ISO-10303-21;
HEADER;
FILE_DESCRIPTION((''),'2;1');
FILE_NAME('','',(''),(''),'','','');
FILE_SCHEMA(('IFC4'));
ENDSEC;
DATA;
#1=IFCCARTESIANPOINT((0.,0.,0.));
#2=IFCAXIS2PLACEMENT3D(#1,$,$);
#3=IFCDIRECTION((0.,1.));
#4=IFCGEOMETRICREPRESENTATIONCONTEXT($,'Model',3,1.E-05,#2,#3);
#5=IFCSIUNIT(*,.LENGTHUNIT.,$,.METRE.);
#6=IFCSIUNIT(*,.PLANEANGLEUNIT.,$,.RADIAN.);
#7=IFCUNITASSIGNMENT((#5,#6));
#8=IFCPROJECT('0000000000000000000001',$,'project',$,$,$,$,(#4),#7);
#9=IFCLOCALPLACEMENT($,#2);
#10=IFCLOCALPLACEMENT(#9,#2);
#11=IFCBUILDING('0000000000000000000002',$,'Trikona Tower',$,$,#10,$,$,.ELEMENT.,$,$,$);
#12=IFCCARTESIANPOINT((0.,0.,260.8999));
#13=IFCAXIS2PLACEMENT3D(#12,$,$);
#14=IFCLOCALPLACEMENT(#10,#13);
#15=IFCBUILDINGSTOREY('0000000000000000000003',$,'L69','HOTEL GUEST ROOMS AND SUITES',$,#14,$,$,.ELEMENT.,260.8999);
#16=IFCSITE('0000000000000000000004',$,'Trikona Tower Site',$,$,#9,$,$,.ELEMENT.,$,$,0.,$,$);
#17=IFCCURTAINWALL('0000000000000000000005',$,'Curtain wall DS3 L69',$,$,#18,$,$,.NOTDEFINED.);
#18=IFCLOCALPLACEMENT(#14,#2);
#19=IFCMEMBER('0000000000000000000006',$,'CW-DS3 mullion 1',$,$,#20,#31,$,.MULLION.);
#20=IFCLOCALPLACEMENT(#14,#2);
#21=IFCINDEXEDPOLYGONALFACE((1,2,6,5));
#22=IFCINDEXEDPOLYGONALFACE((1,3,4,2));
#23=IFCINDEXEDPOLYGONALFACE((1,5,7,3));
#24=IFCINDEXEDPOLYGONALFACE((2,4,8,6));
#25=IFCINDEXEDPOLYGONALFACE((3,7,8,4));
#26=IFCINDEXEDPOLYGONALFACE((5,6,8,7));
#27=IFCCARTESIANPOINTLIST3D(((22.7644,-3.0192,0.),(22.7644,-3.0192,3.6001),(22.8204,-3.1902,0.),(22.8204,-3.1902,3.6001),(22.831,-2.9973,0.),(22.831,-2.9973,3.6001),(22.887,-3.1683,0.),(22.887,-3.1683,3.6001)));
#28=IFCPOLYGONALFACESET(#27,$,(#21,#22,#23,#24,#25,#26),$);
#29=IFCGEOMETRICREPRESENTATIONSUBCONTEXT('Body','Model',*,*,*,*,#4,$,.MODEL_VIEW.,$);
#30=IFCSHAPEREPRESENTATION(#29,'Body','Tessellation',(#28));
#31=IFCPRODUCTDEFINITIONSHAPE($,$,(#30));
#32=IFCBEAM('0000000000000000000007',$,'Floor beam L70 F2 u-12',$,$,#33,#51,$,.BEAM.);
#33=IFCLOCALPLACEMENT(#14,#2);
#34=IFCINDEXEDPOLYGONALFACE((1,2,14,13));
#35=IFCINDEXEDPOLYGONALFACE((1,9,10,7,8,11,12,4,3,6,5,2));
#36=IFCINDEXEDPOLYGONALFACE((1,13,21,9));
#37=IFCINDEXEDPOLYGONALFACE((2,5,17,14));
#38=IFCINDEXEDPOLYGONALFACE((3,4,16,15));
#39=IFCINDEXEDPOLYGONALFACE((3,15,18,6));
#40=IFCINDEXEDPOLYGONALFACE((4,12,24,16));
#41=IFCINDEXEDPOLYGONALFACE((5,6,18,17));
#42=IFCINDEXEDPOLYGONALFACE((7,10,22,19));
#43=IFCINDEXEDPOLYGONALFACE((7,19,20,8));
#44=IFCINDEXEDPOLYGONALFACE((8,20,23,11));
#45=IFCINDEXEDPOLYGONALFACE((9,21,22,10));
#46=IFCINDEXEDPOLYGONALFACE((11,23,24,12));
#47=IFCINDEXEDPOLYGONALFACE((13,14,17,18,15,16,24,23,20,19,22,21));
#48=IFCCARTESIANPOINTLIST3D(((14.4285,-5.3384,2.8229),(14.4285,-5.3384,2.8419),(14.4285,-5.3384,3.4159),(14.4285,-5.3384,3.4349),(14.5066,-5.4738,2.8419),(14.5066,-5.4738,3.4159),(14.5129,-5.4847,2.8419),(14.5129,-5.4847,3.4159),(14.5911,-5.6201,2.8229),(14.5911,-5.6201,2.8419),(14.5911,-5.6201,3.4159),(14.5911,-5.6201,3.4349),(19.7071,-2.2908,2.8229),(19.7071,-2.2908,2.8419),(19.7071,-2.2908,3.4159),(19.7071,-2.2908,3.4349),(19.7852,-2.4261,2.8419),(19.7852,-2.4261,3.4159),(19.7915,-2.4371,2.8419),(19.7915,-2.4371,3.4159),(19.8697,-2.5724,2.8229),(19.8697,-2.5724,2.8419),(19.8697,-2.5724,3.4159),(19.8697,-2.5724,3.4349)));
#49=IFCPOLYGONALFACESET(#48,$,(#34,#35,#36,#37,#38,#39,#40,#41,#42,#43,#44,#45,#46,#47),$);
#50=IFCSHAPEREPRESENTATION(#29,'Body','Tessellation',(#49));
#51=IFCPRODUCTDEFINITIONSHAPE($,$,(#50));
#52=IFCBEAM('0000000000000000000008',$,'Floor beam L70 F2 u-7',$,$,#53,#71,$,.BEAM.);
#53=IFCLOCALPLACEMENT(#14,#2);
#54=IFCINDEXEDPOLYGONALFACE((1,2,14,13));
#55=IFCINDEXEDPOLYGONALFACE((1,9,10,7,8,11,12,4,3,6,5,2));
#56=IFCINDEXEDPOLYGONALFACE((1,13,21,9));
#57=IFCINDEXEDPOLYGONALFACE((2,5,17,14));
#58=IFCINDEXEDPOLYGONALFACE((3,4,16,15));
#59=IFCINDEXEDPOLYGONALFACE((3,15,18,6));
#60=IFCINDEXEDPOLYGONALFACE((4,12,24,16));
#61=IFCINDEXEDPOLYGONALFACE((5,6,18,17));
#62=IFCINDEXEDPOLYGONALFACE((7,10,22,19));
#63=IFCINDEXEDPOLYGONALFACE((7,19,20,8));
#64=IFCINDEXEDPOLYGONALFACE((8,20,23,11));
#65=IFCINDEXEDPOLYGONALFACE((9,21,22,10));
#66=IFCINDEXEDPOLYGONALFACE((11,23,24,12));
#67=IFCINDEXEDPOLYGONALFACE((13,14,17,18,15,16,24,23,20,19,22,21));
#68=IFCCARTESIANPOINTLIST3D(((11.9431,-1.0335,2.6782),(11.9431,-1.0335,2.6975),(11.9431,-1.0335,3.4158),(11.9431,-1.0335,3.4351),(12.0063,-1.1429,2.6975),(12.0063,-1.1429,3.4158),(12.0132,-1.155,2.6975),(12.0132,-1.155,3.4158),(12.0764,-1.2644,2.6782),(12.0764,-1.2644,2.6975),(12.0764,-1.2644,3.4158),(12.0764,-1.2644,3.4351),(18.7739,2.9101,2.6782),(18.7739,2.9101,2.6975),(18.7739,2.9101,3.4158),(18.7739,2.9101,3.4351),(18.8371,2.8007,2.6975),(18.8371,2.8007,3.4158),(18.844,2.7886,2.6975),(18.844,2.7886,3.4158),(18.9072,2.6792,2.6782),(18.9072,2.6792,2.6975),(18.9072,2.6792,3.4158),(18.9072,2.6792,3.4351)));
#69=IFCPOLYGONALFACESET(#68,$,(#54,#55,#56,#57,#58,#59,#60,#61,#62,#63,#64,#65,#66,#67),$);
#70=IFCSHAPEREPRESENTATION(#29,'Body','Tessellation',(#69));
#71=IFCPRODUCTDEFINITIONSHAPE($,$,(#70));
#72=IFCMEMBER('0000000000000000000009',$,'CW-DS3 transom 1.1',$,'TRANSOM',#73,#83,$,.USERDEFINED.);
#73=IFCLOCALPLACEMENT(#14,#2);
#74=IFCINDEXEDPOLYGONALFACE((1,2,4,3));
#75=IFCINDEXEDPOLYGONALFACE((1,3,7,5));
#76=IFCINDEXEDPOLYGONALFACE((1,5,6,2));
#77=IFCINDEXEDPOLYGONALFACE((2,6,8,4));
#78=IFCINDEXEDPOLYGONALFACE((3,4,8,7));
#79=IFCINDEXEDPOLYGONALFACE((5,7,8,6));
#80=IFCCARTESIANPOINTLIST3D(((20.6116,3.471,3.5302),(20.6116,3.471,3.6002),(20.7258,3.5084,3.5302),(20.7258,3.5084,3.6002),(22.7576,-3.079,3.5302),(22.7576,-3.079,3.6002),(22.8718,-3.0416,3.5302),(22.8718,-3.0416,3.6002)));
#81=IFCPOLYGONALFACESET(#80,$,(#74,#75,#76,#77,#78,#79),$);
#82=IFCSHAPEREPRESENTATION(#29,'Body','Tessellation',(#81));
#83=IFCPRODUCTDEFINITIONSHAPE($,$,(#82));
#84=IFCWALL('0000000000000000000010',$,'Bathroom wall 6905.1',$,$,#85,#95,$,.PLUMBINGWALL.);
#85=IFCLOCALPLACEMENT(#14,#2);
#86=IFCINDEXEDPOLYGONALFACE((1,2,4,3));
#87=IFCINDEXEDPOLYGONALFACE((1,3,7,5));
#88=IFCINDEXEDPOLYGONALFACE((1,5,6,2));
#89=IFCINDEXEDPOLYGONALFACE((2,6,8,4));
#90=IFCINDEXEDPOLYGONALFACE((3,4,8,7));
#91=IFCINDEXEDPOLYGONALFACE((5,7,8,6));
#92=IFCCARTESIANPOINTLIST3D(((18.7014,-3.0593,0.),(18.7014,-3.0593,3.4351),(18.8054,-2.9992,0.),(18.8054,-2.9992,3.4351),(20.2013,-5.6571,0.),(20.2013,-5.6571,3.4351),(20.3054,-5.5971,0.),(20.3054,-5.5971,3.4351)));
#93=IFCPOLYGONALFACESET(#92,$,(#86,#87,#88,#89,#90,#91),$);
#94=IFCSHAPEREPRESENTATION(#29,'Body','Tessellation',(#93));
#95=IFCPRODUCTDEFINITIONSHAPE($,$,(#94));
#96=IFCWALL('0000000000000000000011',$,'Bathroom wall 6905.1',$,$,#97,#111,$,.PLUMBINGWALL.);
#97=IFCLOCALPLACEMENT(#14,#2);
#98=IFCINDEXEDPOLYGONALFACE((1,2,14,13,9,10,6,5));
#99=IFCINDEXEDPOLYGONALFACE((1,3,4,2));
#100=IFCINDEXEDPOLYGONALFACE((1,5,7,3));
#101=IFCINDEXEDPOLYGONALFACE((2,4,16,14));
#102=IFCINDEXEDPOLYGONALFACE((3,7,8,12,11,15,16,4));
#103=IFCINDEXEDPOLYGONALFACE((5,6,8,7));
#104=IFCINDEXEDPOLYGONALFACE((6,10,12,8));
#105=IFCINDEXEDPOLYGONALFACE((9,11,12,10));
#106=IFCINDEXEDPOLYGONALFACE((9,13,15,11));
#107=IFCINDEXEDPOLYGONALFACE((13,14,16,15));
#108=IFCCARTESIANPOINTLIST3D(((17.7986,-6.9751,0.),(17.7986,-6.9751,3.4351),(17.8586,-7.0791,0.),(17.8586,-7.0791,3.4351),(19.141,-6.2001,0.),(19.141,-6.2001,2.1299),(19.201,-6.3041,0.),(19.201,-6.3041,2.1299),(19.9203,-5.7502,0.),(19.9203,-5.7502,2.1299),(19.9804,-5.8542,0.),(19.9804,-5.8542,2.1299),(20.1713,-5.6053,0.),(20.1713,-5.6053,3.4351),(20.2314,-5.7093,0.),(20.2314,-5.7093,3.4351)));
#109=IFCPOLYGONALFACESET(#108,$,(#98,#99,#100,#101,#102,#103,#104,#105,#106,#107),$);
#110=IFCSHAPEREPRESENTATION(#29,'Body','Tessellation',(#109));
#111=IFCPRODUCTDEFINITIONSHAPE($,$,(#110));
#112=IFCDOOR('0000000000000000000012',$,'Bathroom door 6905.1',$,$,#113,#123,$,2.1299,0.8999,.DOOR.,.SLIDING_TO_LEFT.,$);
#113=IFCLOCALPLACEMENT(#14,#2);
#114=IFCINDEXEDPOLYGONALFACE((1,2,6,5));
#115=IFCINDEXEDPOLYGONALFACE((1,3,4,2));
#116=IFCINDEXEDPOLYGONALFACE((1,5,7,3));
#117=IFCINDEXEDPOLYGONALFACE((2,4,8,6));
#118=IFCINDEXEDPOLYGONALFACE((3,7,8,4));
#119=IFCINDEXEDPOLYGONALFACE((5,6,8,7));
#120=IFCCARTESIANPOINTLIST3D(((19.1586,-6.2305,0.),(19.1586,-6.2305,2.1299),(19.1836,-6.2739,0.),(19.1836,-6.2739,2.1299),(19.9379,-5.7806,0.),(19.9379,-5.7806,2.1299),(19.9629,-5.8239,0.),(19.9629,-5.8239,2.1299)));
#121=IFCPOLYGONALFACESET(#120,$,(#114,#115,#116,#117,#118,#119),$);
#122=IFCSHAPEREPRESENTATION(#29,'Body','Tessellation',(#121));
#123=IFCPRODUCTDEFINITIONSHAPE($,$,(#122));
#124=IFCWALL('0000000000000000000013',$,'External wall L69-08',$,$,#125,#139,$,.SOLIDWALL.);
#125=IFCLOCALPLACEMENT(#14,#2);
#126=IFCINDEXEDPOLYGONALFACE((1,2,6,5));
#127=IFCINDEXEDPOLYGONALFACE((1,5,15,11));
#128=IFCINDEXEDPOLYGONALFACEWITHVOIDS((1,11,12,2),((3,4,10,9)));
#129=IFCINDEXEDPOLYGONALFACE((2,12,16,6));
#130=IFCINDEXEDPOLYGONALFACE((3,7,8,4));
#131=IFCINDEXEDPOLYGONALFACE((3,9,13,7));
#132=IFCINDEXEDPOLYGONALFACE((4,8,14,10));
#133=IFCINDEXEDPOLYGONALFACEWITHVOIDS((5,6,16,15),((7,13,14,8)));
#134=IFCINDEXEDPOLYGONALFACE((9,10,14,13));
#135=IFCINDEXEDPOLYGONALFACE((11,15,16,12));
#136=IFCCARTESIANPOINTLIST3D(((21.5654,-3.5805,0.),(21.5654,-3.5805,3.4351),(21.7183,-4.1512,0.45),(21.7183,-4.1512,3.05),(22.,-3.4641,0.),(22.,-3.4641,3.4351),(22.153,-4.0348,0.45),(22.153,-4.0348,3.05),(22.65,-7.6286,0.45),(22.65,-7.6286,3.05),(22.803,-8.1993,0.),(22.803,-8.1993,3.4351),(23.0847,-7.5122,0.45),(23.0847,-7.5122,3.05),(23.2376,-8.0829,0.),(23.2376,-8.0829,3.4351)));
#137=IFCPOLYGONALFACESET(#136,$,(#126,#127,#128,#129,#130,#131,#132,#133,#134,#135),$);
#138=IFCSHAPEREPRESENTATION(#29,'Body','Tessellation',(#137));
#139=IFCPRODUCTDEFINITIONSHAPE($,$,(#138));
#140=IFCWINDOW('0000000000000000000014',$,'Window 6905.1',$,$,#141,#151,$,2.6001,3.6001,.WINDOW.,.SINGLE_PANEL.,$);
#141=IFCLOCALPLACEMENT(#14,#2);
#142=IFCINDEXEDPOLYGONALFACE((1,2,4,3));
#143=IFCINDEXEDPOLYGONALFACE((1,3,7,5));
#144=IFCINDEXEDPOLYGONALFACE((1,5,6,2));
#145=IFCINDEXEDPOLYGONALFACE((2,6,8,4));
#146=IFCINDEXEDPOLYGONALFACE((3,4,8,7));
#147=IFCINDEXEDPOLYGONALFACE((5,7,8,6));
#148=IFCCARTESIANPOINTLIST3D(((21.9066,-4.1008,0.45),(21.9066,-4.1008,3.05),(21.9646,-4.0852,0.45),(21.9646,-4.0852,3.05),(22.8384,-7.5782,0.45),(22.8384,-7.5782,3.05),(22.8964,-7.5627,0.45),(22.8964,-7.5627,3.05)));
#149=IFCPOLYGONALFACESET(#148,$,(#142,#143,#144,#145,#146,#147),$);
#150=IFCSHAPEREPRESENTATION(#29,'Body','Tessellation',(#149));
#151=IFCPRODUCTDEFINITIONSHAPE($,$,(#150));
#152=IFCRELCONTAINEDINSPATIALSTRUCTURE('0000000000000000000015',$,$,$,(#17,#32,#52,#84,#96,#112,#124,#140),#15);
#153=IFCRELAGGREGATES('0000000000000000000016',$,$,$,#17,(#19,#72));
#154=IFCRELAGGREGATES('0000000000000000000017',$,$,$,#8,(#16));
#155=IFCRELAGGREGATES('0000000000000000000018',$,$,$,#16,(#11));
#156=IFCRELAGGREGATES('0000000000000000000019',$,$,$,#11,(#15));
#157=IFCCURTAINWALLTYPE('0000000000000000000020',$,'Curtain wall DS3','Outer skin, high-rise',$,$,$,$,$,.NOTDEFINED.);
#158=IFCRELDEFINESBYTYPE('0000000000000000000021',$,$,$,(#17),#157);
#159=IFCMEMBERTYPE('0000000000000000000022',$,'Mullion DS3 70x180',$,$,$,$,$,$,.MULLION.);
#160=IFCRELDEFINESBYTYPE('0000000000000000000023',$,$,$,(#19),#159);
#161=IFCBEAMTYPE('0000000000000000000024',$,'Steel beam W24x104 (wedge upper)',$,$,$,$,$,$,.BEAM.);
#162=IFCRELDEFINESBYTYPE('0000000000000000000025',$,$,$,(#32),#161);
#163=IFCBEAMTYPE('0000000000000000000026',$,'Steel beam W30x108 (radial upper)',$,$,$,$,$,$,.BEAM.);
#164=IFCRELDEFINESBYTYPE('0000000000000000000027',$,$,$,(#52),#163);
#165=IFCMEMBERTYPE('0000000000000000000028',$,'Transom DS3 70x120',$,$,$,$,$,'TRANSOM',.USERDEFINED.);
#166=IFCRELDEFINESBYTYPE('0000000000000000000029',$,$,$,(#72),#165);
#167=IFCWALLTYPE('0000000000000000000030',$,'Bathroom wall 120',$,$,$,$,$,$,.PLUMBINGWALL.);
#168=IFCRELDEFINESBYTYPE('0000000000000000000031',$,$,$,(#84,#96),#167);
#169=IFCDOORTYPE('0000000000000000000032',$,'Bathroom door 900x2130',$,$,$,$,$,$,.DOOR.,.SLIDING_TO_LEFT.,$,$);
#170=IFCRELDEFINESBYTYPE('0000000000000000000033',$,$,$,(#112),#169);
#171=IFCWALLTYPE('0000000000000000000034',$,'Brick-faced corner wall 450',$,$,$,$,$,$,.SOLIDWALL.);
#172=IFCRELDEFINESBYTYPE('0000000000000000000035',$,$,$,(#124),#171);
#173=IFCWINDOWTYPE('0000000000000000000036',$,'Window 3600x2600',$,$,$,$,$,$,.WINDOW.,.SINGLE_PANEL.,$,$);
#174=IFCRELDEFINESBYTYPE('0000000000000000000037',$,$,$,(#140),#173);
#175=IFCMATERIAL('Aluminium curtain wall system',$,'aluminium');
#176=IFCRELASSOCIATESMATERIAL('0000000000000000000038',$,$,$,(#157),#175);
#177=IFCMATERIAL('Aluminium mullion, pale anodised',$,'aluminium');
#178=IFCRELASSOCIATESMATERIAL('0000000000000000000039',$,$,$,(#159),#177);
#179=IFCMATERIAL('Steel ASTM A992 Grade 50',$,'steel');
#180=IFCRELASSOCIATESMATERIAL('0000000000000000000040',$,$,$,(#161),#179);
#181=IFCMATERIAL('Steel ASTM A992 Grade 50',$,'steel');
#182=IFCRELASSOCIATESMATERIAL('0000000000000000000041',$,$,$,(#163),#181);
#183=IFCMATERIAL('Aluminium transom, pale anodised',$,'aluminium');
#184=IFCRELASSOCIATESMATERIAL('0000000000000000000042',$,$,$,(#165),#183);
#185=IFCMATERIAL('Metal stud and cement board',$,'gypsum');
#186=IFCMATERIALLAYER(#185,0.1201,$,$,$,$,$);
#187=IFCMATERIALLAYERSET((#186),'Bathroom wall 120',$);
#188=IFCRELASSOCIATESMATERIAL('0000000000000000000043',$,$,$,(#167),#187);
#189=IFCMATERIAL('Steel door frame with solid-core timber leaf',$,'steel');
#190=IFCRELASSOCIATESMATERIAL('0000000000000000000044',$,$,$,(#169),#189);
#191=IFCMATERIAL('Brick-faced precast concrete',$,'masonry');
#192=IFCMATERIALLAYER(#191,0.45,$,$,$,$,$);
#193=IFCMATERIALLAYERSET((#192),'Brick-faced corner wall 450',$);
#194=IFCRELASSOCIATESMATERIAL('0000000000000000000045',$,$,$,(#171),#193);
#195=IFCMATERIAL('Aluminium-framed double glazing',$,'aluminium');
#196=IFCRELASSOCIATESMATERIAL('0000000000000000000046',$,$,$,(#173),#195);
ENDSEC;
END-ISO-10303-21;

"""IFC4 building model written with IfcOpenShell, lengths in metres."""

from ifc_helpers import new_model, si_unit, direction, frame, frame_2d, origin, origin_2d, place, context, subcontext, project, spatial, rectangle, i_section, extrude, material, layer, layer_set, material_profile, profile_set, type_object, element, fill, aggregate, save


model = new_model("IFC4")

# Units and contexts
model_context = context("Model", 3, precision=1e-05, world=origin(), true_north=direction((0.0, 1.0)))
body_context = subcontext(model_context, "Body", "Model", "MODEL_VIEW")
ifc_project = project(units=[si_unit("LENGTHUNIT", "METRE"), si_unit("PLANEANGLEUNIT", "RADIAN")], contexts=[model_context])

# Site, building, storey
site_placement = place(None, origin())
site = spatial("IfcSite", under=ifc_project, at=site_placement, Name="Trikona Tower Site", CompositionType="ELEMENT", RefElevation=0.0)
building_placement = place(site_placement, origin())
building = spatial("IfcBuilding", under=site, at=building_placement, Name="Trikona Tower", CompositionType="ELEMENT")
storey_placement = place(building_placement, frame((0.0, 0.0, 260.8999)))
storey = spatial("IfcBuildingStorey", under=building, at=storey_placement, Name="L69", Description="HOTEL GUEST ROOMS AND SUITES", CompositionType="ELEMENT", Elevation=260.8999)

# Curtain wall, member
ifc_material_1 = material(Name="Aluminium curtain wall system", Category="aluminium")
curtain_wall_type = type_object("IfcCurtainWallType", Name="Curtain wall DS3", Description="Outer skin, high-rise", PredefinedType="NOTDEFINED", material=ifc_material_1)
curtain_wall_placement = place(storey_placement, origin())
curtain_wall = element("IfcCurtainWall", 1, at=curtain_wall_placement, inside=storey, type_object=curtain_wall_type, Name="Curtain wall DS3 L69", PredefinedType="NOTDEFINED")
ifc_material_2 = material(Name="Aluminium mullion, pale anodised", Category="aluminium")
ifc_material_profile_1 = material_profile(ifc_material_2, rectangle(XDim=0.0701, YDim=0.1799, at=origin_2d()), Name="MUL-DS3")
ifc_profile_set_1 = profile_set([ifc_material_profile_1], Name="Aluminium mullion, pale anodised")
member_type_1 = type_object("IfcMemberType", Name="Mullion DS3 70x180", PredefinedType="MULLION", material=ifc_profile_set_1)
member_1_placement = place(storey_placement, frame((22.8257, -3.0938, 0.0), z_axis=(0.0, 0.0, 1.0), x_axis=(-0.950297, -0.311344, 0.0)))
member_1 = element("IfcMember", 2, at=member_1_placement, type_object=member_type_1, Name="CW-DS3 mullion 1", PredefinedType="MULLION", context=body_context, shape_type="SweptSolid", body=[
    extrude(rectangle(XDim=0.0701, YDim=0.1799, at=origin_2d()), origin(), (0.0, 0.0, 1.0), 3.6001),
])

# Beams
ifc_material_3 = material(Name="Steel ASTM A992 Grade 50", Category="steel")
ifc_material_profile_2 = material_profile(ifc_material_3, i_section(OverallWidth=0.3252, OverallDepth=0.6121, WebThickness=0.0127, FlangeThickness=0.019, at=origin_2d()), Name="W24X104")
ifc_profile_set_2 = profile_set([ifc_material_profile_2], Name="Steel ASTM A992 Grade 50")
beam_type_1 = type_object("IfcBeamType", Name="Steel beam W24x104 (wedge upper)", PredefinedType="BEAM", material=ifc_profile_set_2)
beam_1_placement = place(storey_placement, frame((14.5098, -5.4792, 3.1289), z_axis=(0.866023, 0.500003, 0.0), x_axis=(-0.500003, 0.866023, 0.0)))
element("IfcBeam", 3, at=beam_1_placement, inside=storey, type_object=beam_type_1, Name="Floor beam L70 F2 u-12", PredefinedType="BEAM", context=body_context, shape_type="SweptSolid", body=[
    extrude(i_section(OverallWidth=0.3252, OverallDepth=0.6121, WebThickness=0.0127, FlangeThickness=0.019, at=origin_2d()), origin(), (0.0, 0.0, 1.0), 6.0952),
])
ifc_material_4 = material(Name="Steel ASTM A992 Grade 50", Category="steel")
ifc_material_profile_3 = material_profile(ifc_material_4, i_section(OverallWidth=0.2666, OverallDepth=0.7568, WebThickness=0.0139, FlangeThickness=0.0193, at=origin_2d()), Name="W30X108")
ifc_profile_set_3 = profile_set([ifc_material_profile_3], Name="Steel ASTM A992 Grade 50")
beam_type_2 = type_object("IfcBeamType", Name="Steel beam W30x108 (radial upper)", PredefinedType="BEAM", material=ifc_profile_set_3)
beam_2_placement = place(storey_placement, frame((12.0098, -1.1489, 3.0566), z_axis=(0.866035, 0.499984, 0.0), x_axis=(-0.499984, 0.866035, 0.0)))
element("IfcBeam", 4, at=beam_2_placement, inside=storey, type_object=beam_type_2, Name="Floor beam L70 F2 u-7", PredefinedType="BEAM", context=body_context, shape_type="SweptSolid", body=[
    extrude(i_section(OverallWidth=0.2666, OverallDepth=0.7568, WebThickness=0.0139, FlangeThickness=0.0193, at=origin_2d()), origin(), (0.0, 0.0, 1.0), 7.8875),
])

# Member
ifc_material_5 = material(Name="Aluminium transom, pale anodised", Category="aluminium")
ifc_material_profile_4 = material_profile(ifc_material_5, rectangle(XDim=0.1201, YDim=0.0701, at=origin_2d()), Name="TRN-DS3")
ifc_profile_set_4 = profile_set([ifc_material_profile_4], Name="Aluminium transom, pale anodised")
member_type_2 = type_object("IfcMemberType", Name="Transom DS3 70x120", ElementType="TRANSOM", PredefinedType="USERDEFINED", material=ifc_profile_set_4)
member_2_placement = place(storey_placement, frame((22.8147, -3.0603, 3.5652), z_axis=(-0.311346, 0.950297, 0.0), x_axis=(-0.950297, -0.311346, 0.0)))
member_2 = element("IfcMember", 5, at=member_2_placement, type_object=member_type_2, Name="CW-DS3 transom 1.1", ObjectType="TRANSOM", PredefinedType="USERDEFINED", context=body_context, shape_type="SweptSolid", body=[
    extrude(rectangle(XDim=0.1201, YDim=0.0701, at=origin_2d()), origin(), (0.0, 0.0, 1.0), 6.8926),
])
aggregate(curtain_wall, [member_1, member_2])

# Wall
ifc_material_6 = material(Name="Metal stud and cement board", Category="gypsum")
ifc_layer_1 = layer(ifc_material_6, 0.1201)
ifc_layer_set_1 = layer_set([ifc_layer_1], Name="Bathroom wall 120")
wall_type_1 = type_object("IfcWallType", Name="Bathroom wall 120", PredefinedType="PLUMBINGWALL", material=ifc_layer_set_1)
wall_1_placement = place(storey_placement, frame((20.2534, -5.6272, 0.0), z_axis=(0.0, 0.0, 1.0), x_axis=(-0.500025, 0.866011, 0.0)))
element("IfcWall", 6, at=wall_1_placement, inside=storey, type_object=wall_type_1, Name="Bathroom wall 6905.1", PredefinedType="PLUMBINGWALL", context=body_context, shape_type="SweptSolid", body=[
    extrude(rectangle(XDim=2.9998, YDim=0.1201, at=frame_2d((1.5, 0.0))), origin(), (0.0, 0.0, 1.0), 3.4351),
])

# Wall, opening, door
wall_2_placement = place(storey_placement, frame((17.8286, -7.0271, 0.0), z_axis=(0.0, 0.0, 1.0), x_axis=(0.866036, 0.499982, 0.0)))
wall_2 = element("IfcWall", 7, at=wall_2_placement, inside=storey, type_object=wall_type_1, Name="Bathroom wall 6905.1", PredefinedType="PLUMBINGWALL", context=body_context, shape_type="SweptSolid", body=[
    extrude(rectangle(XDim=2.7397, YDim=0.1201, at=frame_2d((1.3699, 0.0))), origin(), (0.0, 0.0, 1.0), 3.4351),
])
opening_1_placement = place(wall_2_placement, frame((1.55, 0.0, 0.0)))
opening_1 = element("IfcOpeningElement", 8, at=opening_1_placement, cuts=wall_2, PredefinedType="OPENING", context=body_context, shape_type="SweptSolid", body=[
    extrude(rectangle(XDim=0.8999, YDim=2.1299, at=frame_2d((0.45, 1.0649))), frame((0.0, 0.0701, 0.0), z_axis=(0.0, -1.0, 0.0), x_axis=(1.0, 0.0, 0.0)), (0.0, 0.0, 1.0), 0.1401),
])
ifc_material_7 = material(Name="Steel door frame with solid-core timber leaf", Category="steel")
door_type_1 = type_object("IfcDoorType", Name="Bathroom door 900x2130", OperationType="SLIDING_TO_LEFT", PredefinedType="DOOR", material=ifc_material_7)
door_1_placement = place(opening_1_placement, origin())
door_1 = element("IfcDoor", 9, at=door_1_placement, inside=storey, type_object=door_type_1, Name="Bathroom door 6905.1", OperationType="SLIDING_TO_LEFT", OverallHeight=2.1299, OverallWidth=0.8999, PredefinedType="DOOR", context=body_context, shape_type="SweptSolid", body=[
    extrude(rectangle(XDim=0.8999, YDim=2.1299, at=frame_2d((0.45, 1.0649))), frame((0.0, 0.0249, 0.0), z_axis=(0.0, -1.0, 0.0), x_axis=(1.0, 0.0, 0.0)), (0.0, 0.0, 1.0), 0.05),
])
fill(opening_1, door_1)

# Wall, opening, window
ifc_material_8 = material(Name="Brick-faced precast concrete", Category="masonry")
ifc_layer_2 = layer(ifc_material_8, 0.45)
ifc_layer_set_2 = layer_set([ifc_layer_2], Name="Brick-faced corner wall 450")
wall_type_2 = type_object("IfcWallType", Name="Brick-faced corner wall 450", PredefinedType="SOLIDWALL", material=ifc_layer_set_2)
wall_3_placement = place(storey_placement, frame((23.0203, -8.1411, 0.0), z_axis=(0.0, 0.0, 1.0), x_axis=(-0.258803, 0.96593, 0.0)))
wall_3 = element("IfcWall", 10, at=wall_3_placement, inside=storey, type_object=wall_type_2, Name="External wall L69-08", PredefinedType="SOLIDWALL", context=body_context, shape_type="SweptSolid", body=[
    extrude(rectangle(XDim=4.7817, YDim=0.45, at=frame_2d((2.3909, 0.0))), origin(), (0.0, 0.0, 1.0), 3.4351),
])
opening_2_placement = place(wall_3_placement, frame((0.5908, 0.0, 0.45)))
opening_2 = element("IfcOpeningElement", 11, at=opening_2_placement, cuts=wall_3, PredefinedType="OPENING", context=body_context, shape_type="SweptSolid", body=[
    extrude(rectangle(XDim=3.6001, YDim=2.6001, at=frame_2d((1.8, 1.3))), frame((0.0, 0.2349, 0.0), z_axis=(0.0, -1.0, 0.0), x_axis=(1.0, 0.0, 0.0)), (0.0, 0.0, 1.0), 0.47),
])
ifc_material_9 = material(Name="Aluminium-framed double glazing", Category="aluminium")
window_type_1 = type_object("IfcWindowType", Name="Window 3600x2600", PartitioningType="SINGLE_PANEL", PredefinedType="WINDOW", material=ifc_material_9)
window_1_placement = place(opening_2_placement, origin())
window_1 = element("IfcWindow", 12, at=window_1_placement, inside=storey, type_object=window_type_1, Name="Window 6905.1", OverallHeight=2.6001, OverallWidth=3.6001, PartitioningType="SINGLE_PANEL", PredefinedType="WINDOW", context=body_context, shape_type="SweptSolid", body=[
    extrude(rectangle(XDim=3.6001, YDim=2.6001, at=frame_2d((1.8, 1.3))), frame((0.0, 0.03, 0.0), z_axis=(0.0, -1.0, 0.0), x_axis=(1.0, 0.0, 0.0)), (0.0, 0.0, 1.0), 0.0601),
])
fill(opening_2, window_1)

save(model, "model.ifc")
